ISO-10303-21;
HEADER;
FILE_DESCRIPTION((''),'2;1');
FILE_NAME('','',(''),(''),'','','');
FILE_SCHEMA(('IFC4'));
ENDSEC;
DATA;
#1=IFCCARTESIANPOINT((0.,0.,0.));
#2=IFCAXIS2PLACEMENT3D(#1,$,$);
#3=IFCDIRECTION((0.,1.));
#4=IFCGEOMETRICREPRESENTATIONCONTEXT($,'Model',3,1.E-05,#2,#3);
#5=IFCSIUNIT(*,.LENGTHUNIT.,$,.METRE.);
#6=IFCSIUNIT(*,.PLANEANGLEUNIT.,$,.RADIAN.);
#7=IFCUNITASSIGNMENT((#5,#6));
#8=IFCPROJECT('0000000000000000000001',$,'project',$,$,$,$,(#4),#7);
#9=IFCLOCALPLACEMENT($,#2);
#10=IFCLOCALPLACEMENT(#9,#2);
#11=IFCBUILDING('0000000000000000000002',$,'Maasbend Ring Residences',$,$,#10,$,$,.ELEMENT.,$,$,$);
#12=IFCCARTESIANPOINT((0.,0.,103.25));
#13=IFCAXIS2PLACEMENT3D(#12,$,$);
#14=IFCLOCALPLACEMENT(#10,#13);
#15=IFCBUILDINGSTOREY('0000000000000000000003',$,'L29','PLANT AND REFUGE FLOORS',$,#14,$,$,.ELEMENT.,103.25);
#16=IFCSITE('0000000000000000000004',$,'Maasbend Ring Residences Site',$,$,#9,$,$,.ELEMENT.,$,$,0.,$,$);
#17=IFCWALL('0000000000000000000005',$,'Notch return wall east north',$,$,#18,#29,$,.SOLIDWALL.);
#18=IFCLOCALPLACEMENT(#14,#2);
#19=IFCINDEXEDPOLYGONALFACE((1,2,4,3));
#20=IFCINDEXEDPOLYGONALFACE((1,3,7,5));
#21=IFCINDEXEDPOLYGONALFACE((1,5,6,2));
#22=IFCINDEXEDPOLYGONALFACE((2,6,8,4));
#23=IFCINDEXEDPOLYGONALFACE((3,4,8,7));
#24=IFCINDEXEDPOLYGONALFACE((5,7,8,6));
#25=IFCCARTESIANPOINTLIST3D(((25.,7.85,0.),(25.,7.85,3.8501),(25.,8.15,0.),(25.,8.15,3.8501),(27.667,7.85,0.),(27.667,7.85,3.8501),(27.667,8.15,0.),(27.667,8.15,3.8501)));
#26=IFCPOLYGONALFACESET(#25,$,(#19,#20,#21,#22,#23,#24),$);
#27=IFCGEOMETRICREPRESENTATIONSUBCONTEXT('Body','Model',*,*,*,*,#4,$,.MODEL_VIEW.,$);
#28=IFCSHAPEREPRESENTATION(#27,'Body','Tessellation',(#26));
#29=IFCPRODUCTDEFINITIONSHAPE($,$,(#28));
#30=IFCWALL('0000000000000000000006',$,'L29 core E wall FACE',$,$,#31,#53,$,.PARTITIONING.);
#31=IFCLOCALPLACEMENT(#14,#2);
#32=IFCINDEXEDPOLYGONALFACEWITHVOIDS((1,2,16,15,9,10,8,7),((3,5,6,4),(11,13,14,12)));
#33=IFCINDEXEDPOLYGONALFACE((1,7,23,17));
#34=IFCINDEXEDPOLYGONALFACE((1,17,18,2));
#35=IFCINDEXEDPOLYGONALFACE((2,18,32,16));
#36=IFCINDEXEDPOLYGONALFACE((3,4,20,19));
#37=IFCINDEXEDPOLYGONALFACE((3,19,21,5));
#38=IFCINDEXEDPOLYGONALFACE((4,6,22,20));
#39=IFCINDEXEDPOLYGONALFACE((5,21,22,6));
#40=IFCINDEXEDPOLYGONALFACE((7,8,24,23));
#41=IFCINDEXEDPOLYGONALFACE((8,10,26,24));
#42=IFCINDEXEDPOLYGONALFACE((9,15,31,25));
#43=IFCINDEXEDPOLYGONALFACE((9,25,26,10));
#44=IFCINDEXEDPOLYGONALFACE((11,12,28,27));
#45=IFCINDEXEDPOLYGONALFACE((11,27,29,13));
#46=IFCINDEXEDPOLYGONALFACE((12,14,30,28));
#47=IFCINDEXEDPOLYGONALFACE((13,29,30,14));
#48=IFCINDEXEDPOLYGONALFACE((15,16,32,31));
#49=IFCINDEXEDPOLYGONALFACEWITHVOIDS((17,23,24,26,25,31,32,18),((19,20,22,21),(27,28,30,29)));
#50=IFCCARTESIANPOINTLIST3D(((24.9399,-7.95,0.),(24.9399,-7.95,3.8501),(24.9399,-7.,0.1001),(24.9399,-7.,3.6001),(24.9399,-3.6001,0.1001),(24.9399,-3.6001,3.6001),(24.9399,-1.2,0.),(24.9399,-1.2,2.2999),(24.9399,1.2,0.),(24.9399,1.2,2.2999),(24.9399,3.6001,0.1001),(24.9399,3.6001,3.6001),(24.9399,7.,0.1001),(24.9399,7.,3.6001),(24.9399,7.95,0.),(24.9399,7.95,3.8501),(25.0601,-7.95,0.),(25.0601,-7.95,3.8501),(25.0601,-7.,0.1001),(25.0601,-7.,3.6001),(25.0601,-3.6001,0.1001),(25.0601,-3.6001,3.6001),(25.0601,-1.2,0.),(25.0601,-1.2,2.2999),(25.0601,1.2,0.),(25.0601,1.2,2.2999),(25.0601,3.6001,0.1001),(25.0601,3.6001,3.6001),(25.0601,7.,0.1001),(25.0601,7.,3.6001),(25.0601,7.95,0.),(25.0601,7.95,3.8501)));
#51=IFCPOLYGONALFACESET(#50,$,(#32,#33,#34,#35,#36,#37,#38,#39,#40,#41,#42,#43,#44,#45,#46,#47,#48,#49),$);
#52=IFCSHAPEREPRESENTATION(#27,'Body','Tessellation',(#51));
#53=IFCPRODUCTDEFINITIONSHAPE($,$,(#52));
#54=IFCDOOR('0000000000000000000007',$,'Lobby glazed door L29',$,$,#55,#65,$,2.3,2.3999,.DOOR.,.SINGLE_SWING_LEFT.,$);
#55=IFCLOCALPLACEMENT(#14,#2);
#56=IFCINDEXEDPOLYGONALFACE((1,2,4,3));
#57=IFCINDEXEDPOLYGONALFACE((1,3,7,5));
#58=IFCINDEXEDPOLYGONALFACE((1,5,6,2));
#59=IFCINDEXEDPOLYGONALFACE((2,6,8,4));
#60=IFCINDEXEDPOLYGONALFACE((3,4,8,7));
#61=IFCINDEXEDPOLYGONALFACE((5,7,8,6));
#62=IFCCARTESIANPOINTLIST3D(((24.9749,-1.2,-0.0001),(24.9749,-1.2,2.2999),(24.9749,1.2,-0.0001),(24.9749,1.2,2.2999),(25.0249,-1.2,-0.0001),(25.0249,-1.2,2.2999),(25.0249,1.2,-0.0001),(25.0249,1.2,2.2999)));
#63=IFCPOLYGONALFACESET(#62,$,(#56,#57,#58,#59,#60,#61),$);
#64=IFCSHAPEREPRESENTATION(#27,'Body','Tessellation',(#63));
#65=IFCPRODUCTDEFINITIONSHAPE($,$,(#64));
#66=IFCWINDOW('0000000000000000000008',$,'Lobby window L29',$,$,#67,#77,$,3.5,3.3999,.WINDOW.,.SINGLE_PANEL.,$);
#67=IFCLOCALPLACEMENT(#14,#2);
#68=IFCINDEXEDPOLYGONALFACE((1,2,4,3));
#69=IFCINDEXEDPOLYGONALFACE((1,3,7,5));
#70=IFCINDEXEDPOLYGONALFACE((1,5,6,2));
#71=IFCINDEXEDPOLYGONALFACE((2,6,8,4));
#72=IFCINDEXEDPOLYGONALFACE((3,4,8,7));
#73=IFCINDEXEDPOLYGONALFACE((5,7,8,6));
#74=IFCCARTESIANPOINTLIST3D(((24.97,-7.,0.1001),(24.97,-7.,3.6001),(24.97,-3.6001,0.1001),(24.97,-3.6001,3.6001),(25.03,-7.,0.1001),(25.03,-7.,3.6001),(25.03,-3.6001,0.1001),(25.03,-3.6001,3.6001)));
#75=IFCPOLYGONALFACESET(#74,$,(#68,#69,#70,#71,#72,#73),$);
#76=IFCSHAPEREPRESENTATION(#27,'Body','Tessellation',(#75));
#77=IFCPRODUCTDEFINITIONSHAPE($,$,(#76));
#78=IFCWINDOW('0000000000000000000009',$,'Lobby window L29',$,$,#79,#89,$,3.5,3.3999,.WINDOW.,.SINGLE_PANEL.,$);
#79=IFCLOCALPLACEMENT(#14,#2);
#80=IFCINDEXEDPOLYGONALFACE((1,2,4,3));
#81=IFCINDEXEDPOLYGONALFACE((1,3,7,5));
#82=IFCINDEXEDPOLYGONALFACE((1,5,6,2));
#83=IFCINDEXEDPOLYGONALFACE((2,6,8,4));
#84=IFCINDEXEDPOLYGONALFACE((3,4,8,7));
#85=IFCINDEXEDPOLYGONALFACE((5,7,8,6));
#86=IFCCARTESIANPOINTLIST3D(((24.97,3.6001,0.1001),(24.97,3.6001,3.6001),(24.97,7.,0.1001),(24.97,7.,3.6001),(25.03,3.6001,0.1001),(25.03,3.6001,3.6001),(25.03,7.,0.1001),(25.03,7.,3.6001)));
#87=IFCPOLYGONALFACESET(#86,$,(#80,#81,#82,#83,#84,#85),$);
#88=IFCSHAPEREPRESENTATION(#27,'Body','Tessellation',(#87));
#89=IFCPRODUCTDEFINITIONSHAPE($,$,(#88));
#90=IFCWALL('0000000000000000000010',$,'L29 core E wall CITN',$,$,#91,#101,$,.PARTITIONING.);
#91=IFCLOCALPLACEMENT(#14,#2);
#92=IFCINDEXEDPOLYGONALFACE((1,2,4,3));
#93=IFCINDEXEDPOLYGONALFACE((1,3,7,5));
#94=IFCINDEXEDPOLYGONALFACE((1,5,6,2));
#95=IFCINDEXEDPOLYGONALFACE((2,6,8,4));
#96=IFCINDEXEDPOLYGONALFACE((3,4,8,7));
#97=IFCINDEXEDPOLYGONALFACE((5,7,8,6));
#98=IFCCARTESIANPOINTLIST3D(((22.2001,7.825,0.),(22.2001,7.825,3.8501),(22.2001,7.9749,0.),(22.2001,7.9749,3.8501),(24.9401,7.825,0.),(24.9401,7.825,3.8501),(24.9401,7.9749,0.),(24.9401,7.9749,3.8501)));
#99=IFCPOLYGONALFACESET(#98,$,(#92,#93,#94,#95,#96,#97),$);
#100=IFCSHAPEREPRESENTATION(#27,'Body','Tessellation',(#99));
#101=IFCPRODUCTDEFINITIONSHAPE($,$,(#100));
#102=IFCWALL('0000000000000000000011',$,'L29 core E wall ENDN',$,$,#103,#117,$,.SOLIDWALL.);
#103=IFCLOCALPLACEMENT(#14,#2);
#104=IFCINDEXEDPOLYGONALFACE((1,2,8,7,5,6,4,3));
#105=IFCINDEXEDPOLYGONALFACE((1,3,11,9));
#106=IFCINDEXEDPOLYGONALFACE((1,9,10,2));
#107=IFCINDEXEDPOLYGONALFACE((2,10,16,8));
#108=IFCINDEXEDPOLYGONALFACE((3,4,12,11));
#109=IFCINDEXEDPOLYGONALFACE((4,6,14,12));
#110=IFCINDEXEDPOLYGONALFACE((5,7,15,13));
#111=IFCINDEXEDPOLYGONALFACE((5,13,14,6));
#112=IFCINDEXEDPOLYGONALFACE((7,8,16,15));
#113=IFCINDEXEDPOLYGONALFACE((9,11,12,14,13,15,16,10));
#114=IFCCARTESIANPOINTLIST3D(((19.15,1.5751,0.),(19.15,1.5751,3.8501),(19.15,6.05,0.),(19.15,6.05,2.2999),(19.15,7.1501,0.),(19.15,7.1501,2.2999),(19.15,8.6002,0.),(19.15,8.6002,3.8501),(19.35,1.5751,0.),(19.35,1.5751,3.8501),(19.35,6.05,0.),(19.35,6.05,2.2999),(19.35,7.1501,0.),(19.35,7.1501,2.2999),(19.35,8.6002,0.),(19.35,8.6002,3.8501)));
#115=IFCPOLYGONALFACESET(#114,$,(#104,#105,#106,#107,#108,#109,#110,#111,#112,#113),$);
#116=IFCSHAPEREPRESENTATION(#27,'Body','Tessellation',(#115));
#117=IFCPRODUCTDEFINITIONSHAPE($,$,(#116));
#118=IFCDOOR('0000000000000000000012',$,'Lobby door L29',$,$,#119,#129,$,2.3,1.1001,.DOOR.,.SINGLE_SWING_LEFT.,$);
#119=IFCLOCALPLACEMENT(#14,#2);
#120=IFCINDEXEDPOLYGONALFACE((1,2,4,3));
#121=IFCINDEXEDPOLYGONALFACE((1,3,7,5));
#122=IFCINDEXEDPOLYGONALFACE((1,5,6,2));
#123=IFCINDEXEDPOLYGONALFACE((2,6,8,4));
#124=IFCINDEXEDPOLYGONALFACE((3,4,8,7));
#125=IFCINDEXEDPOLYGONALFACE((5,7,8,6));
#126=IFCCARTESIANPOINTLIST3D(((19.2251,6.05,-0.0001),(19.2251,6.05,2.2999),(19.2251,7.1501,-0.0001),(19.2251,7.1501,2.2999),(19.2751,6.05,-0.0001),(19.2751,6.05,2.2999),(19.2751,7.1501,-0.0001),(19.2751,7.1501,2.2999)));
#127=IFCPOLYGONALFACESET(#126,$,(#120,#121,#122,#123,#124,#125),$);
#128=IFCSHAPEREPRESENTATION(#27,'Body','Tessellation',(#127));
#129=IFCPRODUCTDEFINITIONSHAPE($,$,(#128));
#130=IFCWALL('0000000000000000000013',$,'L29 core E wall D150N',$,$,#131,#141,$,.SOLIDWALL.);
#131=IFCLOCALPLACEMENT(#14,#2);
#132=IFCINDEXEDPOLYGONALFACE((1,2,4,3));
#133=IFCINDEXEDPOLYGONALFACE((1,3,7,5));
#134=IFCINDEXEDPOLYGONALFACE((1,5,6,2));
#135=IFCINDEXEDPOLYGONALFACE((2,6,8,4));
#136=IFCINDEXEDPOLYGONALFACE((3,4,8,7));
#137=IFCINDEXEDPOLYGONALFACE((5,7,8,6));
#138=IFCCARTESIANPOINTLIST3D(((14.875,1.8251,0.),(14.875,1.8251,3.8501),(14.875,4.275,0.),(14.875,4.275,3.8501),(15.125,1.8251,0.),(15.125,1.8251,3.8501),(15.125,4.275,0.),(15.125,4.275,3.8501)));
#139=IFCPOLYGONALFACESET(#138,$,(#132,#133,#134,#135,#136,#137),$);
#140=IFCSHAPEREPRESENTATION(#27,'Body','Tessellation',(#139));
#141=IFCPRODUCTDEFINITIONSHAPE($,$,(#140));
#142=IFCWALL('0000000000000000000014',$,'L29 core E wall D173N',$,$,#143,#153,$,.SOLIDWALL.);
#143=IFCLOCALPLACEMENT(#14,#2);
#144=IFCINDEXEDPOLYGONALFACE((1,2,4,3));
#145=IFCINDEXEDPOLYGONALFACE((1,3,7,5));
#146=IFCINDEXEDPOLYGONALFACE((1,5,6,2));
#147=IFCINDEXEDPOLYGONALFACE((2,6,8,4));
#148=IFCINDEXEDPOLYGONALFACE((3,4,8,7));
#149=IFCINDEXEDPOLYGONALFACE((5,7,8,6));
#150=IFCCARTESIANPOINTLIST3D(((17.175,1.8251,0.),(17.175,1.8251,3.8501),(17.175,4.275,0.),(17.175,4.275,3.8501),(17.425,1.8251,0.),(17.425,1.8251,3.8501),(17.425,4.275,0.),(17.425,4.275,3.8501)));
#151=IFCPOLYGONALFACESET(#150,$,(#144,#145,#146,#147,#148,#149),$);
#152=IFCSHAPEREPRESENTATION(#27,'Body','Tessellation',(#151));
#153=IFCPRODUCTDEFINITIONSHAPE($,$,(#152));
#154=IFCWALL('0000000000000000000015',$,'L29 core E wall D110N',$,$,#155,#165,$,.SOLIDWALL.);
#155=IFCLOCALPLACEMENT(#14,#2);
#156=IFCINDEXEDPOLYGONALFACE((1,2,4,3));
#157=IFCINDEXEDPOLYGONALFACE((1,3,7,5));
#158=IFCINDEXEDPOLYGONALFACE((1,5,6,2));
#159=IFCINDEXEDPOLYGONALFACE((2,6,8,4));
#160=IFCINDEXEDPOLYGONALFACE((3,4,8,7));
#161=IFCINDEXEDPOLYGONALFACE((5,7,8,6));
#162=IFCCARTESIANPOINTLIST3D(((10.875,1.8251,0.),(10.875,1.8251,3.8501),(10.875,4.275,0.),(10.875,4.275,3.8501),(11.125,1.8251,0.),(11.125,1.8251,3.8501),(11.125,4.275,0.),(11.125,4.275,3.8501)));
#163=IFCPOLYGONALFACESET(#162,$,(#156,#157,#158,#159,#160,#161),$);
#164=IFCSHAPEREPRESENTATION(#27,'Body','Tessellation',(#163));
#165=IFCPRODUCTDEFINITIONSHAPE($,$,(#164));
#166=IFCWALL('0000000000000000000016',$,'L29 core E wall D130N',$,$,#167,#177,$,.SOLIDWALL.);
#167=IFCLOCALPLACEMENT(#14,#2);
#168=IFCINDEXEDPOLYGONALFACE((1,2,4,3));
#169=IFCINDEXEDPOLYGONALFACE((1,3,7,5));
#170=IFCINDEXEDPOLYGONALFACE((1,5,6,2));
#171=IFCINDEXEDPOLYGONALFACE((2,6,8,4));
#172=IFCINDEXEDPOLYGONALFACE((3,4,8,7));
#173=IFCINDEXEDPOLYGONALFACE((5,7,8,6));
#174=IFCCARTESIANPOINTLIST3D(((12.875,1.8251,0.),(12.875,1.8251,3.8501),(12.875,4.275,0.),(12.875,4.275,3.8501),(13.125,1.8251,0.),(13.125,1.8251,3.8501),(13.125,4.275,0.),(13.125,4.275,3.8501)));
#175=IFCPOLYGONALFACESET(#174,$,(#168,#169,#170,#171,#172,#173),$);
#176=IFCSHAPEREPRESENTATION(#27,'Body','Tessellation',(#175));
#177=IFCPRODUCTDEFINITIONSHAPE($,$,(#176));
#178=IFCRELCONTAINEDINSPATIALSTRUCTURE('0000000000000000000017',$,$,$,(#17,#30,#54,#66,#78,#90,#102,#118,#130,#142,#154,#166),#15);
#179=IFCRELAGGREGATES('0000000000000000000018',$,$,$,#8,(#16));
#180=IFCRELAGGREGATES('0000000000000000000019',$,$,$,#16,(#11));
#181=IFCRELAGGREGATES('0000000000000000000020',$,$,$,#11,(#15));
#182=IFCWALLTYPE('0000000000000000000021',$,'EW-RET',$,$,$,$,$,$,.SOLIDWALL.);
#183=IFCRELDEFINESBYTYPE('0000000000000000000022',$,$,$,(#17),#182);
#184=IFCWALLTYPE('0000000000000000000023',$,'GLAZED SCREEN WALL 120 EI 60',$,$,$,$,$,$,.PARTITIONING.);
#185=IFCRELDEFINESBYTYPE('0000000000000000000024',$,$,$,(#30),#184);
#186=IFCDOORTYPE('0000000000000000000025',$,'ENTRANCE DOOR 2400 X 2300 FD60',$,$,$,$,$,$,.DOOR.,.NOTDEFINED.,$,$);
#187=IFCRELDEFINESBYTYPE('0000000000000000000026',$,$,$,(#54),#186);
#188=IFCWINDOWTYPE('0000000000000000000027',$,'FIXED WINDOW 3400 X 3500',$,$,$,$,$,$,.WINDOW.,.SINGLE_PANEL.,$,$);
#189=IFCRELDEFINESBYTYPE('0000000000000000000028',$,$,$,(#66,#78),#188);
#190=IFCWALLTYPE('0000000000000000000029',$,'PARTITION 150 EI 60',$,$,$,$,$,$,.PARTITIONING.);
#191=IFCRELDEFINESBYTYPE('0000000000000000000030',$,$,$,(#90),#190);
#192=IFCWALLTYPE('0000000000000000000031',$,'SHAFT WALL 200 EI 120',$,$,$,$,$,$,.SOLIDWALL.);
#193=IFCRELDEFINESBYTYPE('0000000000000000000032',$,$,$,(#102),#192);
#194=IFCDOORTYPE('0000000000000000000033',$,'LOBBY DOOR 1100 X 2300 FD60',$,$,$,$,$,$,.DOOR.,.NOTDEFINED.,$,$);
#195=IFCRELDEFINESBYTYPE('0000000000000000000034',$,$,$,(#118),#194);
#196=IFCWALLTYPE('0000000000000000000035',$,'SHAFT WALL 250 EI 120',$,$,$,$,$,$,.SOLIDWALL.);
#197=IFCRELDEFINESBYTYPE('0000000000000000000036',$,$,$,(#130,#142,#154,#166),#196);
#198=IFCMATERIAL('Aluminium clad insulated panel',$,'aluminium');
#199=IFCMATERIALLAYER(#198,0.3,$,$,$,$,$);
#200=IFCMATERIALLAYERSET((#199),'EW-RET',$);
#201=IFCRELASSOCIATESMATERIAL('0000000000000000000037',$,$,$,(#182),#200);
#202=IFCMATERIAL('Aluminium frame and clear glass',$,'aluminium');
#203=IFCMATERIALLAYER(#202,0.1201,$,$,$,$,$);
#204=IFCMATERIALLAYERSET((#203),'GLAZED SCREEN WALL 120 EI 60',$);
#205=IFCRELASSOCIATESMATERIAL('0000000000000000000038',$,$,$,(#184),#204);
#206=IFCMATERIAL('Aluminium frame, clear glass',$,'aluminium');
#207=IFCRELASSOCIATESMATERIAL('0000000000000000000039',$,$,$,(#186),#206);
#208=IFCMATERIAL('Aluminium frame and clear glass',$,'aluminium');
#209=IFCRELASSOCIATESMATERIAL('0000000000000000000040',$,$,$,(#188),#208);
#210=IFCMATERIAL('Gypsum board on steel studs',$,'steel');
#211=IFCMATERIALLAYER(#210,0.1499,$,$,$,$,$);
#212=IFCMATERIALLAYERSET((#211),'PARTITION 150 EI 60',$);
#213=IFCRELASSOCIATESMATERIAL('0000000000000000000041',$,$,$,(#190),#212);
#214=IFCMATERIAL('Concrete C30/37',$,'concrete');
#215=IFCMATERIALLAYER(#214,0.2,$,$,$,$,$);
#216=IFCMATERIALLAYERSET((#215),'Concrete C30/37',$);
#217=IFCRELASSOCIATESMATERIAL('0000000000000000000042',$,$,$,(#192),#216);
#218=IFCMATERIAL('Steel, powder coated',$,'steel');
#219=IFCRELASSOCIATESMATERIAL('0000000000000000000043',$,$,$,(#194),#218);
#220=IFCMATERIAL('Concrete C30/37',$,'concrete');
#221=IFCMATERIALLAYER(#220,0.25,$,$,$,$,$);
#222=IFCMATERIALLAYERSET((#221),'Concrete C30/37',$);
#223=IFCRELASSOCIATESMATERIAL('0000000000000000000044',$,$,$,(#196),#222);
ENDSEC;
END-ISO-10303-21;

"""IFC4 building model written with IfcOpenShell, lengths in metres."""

from ifc_helpers import new_model, si_unit, direction, frame, frame_2d, origin, place, context, subcontext, project, spatial, rectangle, extrude, material, layer, layer_set, type_object, element, fill, save


model = new_model("IFC4")

# Units and contexts
model_context = context("Model", 3, precision=1e-05, world=origin(), true_north=direction((0.0, 1.0)))
body_context = subcontext(model_context, "Body", "Model", "MODEL_VIEW")
ifc_project = project(units=[si_unit("LENGTHUNIT", "METRE"), si_unit("PLANEANGLEUNIT", "RADIAN")], contexts=[model_context])

# Site, building, storey
site_placement = place(None, origin())
site = spatial("IfcSite", under=ifc_project, at=site_placement, Name="Maasbend Ring Residences Site", CompositionType="ELEMENT", RefElevation=0.0)
building_placement = place(site_placement, origin())
building = spatial("IfcBuilding", under=site, at=building_placement, Name="Maasbend Ring Residences", CompositionType="ELEMENT")
storey_placement = place(building_placement, frame((0.0, 0.0, 103.25)))
storey = spatial("IfcBuildingStorey", under=building, at=storey_placement, Name="L29", Description="PLANT AND REFUGE FLOORS", CompositionType="ELEMENT", Elevation=103.25)

# Wall
ifc_material_1 = material(Name="Aluminium clad insulated panel", Category="aluminium")
ifc_layer_1 = layer(ifc_material_1, 0.3)
ifc_layer_set_1 = layer_set([ifc_layer_1], Name="EW-RET")
wall_type_1 = type_object("IfcWallType", Name="EW-RET", PredefinedType="SOLIDWALL", material=ifc_layer_set_1)
wall_1_placement = place(storey_placement, frame((25.0, 8.0, 0.0), z_axis=(0.0, 0.0, 1.0), x_axis=(1.0, 0.0, 0.0)))
element("IfcWall", 1, at=wall_1_placement, inside=storey, type_object=wall_type_1, Name="Notch return wall east north", PredefinedType="SOLIDWALL", context=body_context, shape_type="SweptSolid", body=[
    extrude(rectangle(XDim=2.667, YDim=0.3, at=frame_2d((1.3335, 0.0))), origin(), (0.0, 0.0, 1.0), 3.8501),
])

# Wall, openings, door, windows
ifc_material_2 = material(Name="Aluminium frame and clear glass", Category="aluminium")
ifc_layer_2 = layer(ifc_material_2, 0.1201)
ifc_layer_set_2 = layer_set([ifc_layer_2], Name="GLAZED SCREEN WALL 120 EI 60")
wall_type_2 = type_object("IfcWallType", Name="GLAZED SCREEN WALL 120 EI 60", PredefinedType="PARTITIONING", material=ifc_layer_set_2)
wall_2_placement = place(storey_placement, frame((25.0, 7.95, 0.0), z_axis=(0.0, 0.0, 1.0), x_axis=(0.0, -1.0, 0.0)))
wall_2 = element("IfcWall", 2, at=wall_2_placement, inside=storey, type_object=wall_type_2, Name="L29 core E wall FACE", PredefinedType="PARTITIONING", context=body_context, shape_type="SweptSolid", body=[
    extrude(rectangle(XDim=15.8999, YDim=0.1201, at=frame_2d((7.95, 0.0))), origin(), (0.0, 0.0, 1.0), 3.8501),
])
opening_1_placement = place(wall_2_placement, frame((6.75, 0.0, 0.0)))
opening_1 = element("IfcOpeningElement", 3, at=opening_1_placement, cuts=wall_2, PredefinedType="OPENING", context=body_context, shape_type="SweptSolid", body=[
    extrude(rectangle(XDim=2.3999, YDim=2.3, at=frame_2d((1.2, 1.1499))), frame((0.0, 0.0701, 0.0), z_axis=(0.0, -1.0, 0.0), x_axis=(1.0, 0.0, 0.0)), (0.0, 0.0, 1.0), 0.1401),
])
opening_2_placement = place(wall_2_placement, frame((11.55, 0.0, 0.1001)))
opening_2 = element("IfcOpeningElement", 4, at=opening_2_placement, cuts=wall_2, PredefinedType="OPENING", context=body_context, shape_type="SweptSolid", body=[
    extrude(rectangle(XDim=3.3999, YDim=3.5, at=frame_2d((1.7, 1.75))), frame((0.0, 0.0701, 0.0), z_axis=(0.0, -1.0, 0.0), x_axis=(1.0, 0.0, 0.0)), (0.0, 0.0, 1.0), 0.1401),
])
opening_3_placement = place(wall_2_placement, frame((0.95, 0.0, 0.1001)))
opening_3 = element("IfcOpeningElement", 5, at=opening_3_placement, cuts=wall_2, PredefinedType="OPENING", context=body_context, shape_type="SweptSolid", body=[
    extrude(rectangle(XDim=3.3999, YDim=3.5, at=frame_2d((1.7, 1.75))), frame((0.0, 0.0701, 0.0), z_axis=(0.0, -1.0, 0.0), x_axis=(1.0, 0.0, 0.0)), (0.0, 0.0, 1.0), 0.1401),
])
ifc_material_3 = material(Name="Aluminium frame, clear glass", Category="aluminium")
door_type_1 = type_object("IfcDoorType", Name="ENTRANCE DOOR 2400 X 2300 FD60", OperationType="NOTDEFINED", PredefinedType="DOOR", material=ifc_material_3)
door_1_placement = place(opening_1_placement, origin())
door_1 = element("IfcDoor", 6, at=door_1_placement, inside=storey, type_object=door_type_1, Name="Lobby glazed door L29", OperationType="SINGLE_SWING_LEFT", OverallHeight=2.3, OverallWidth=2.3999, PredefinedType="DOOR", context=body_context, shape_type="SweptSolid", body=[
    extrude(rectangle(XDim=2.3999, YDim=2.3, at=frame_2d((1.2, 1.1499))), frame((0.0, 0.0249, 0.0), z_axis=(0.0, -1.0, 0.0), x_axis=(1.0, 0.0, 0.0)), (0.0, 0.0, 1.0), 0.05),
])
fill(opening_1, door_1)
ifc_material_4 = material(Name="Aluminium frame and clear glass", Category="aluminium")
window_type = type_object("IfcWindowType", Name="FIXED WINDOW 3400 X 3500", PartitioningType="SINGLE_PANEL", PredefinedType="WINDOW", material=ifc_material_4)
window_1_placement = place(opening_2_placement, origin())
window_1 = element("IfcWindow", 7, at=window_1_placement, inside=storey, type_object=window_type, Name="Lobby window L29", OverallHeight=3.5, OverallWidth=3.3999, PartitioningType="SINGLE_PANEL", PredefinedType="WINDOW", context=body_context, shape_type="SweptSolid", body=[
    extrude(rectangle(XDim=3.3999, YDim=3.5, at=frame_2d((1.7, 1.75))), frame((0.0, 0.03, 0.0), z_axis=(0.0, -1.0, 0.0), x_axis=(1.0, 0.0, 0.0)), (0.0, 0.0, 1.0), 0.0601),
])
fill(opening_2, window_1)
window_2_placement = place(opening_3_placement, origin())
window_2 = element("IfcWindow", 8, at=window_2_placement, inside=storey, type_object=window_type, Name="Lobby window L29", OverallHeight=3.5, OverallWidth=3.3999, PartitioningType="SINGLE_PANEL", PredefinedType="WINDOW", context=body_context, shape_type="SweptSolid", body=[
    extrude(rectangle(XDim=3.3999, YDim=3.5, at=frame_2d((1.7, 1.75))), frame((0.0, 0.03, 0.0), z_axis=(0.0, -1.0, 0.0), x_axis=(1.0, 0.0, 0.0)), (0.0, 0.0, 1.0), 0.0601),
])
fill(opening_3, window_2)

# Wall
ifc_material_5 = material(Name="Gypsum board on steel studs", Category="steel")
ifc_layer_3 = layer(ifc_material_5, 0.1499)
ifc_layer_set_3 = layer_set([ifc_layer_3], Name="PARTITION 150 EI 60")
wall_type_3 = type_object("IfcWallType", Name="PARTITION 150 EI 60", PredefinedType="PARTITIONING", material=ifc_layer_set_3)
wall_3_placement = place(storey_placement, frame((22.2, 7.8999, 0.0), z_axis=(0.0, 0.0, 1.0), x_axis=(1.0, 0.0, 0.0)))
element("IfcWall", 9, at=wall_3_placement, inside=storey, type_object=wall_type_3, Name="L29 core E wall CITN", PredefinedType="PARTITIONING", context=body_context, shape_type="SweptSolid", body=[
    extrude(rectangle(XDim=2.74, YDim=0.1499, at=frame_2d((1.3701, 0.0))), origin(), (0.0, 0.0, 1.0), 3.8501),
])

# Wall, opening, door
ifc_material_6 = material(Name="Concrete C30/37", Category="concrete")
ifc_layer_4 = layer(ifc_material_6, 0.2)
ifc_layer_set_4 = layer_set([ifc_layer_4], Name="Concrete C30/37")
wall_type_4 = type_object("IfcWallType", Name="SHAFT WALL 200 EI 120", PredefinedType="SOLIDWALL", material=ifc_layer_set_4)
wall_4_placement = place(storey_placement, frame((19.25, 1.575, 0.0), z_axis=(0.0, 0.0, 1.0), x_axis=(0.0, 1.0, 0.0)))
wall_4 = element("IfcWall", 10, at=wall_4_placement, inside=storey, type_object=wall_type_4, Name="L29 core E wall ENDN", PredefinedType="SOLIDWALL", context=body_context, shape_type="SweptSolid", body=[
    extrude(rectangle(XDim=7.0251, YDim=0.2, at=frame_2d((3.5127, 0.0))), origin(), (0.0, 0.0, 1.0), 3.8501),
])
opening_4_placement = place(wall_4_placement, frame((4.4751, 0.0, 0.0)))
opening_4 = element("IfcOpeningElement", 11, at=opening_4_placement, cuts=wall_4, PredefinedType="OPENING", context=body_context, shape_type="SweptSolid", body=[
    extrude(rectangle(XDim=1.1001, YDim=2.3, at=frame_2d((0.55, 1.1499))), frame((0.0, 0.1099, 0.0), z_axis=(0.0, -1.0, 0.0), x_axis=(1.0, 0.0, 0.0)), (0.0, 0.0, 1.0), 0.22),
])
ifc_material_7 = material(Name="Steel, powder coated", Category="steel")
door_type_2 = type_object("IfcDoorType", Name="LOBBY DOOR 1100 X 2300 FD60", OperationType="NOTDEFINED", PredefinedType="DOOR", material=ifc_material_7)
door_2_placement = place(opening_4_placement, origin())
door_2 = element("IfcDoor", 12, at=door_2_placement, inside=storey, type_object=door_type_2, Name="Lobby door L29", OperationType="SINGLE_SWING_LEFT", OverallHeight=2.3, OverallWidth=1.1001, PredefinedType="DOOR", context=body_context, shape_type="SweptSolid", body=[
    extrude(rectangle(XDim=1.1001, YDim=2.3, at=frame_2d((0.55, 1.1499))), frame((0.0, 0.0249, 0.0), z_axis=(0.0, -1.0, 0.0), x_axis=(1.0, 0.0, 0.0)), (0.0, 0.0, 1.0), 0.05),
])
fill(opening_4, door_2)

# Walls
ifc_material_8 = material(Name="Concrete C30/37", Category="concrete")
ifc_layer_5 = layer(ifc_material_8, 0.25)
ifc_layer_set_5 = layer_set([ifc_layer_5], Name="Concrete C30/37")
wall_type_5 = type_object("IfcWallType", Name="SHAFT WALL 250 EI 120", PredefinedType="SOLIDWALL", material=ifc_layer_set_5)
for number, where, z_axis, x_axis, name in (
    (13, (15.0, 1.825, 0.0), (0.0, 0.0, 1.0), (0.0, 1.0, 0.0), "L29 core E wall D150N"),
    (14, (17.3, 1.825, 0.0), (0.0, 0.0, 1.0), (0.0, 1.0, 0.0), "L29 core E wall D173N"),
    (15, (11.0, 1.825, 0.0), (0.0, 0.0, 1.0), (0.0, 1.0, 0.0), "L29 core E wall D110N"),
    (16, (13.0, 1.825, 0.0), (0.0, 0.0, 1.0), (0.0, 1.0, 0.0), "L29 core E wall D130N"),
):
    element("IfcWall", number, at=place(storey_placement, frame(where, z_axis=z_axis, x_axis=x_axis)), inside=storey, type_object=wall_type_5, Name=name, PredefinedType="SOLIDWALL", context=body_context, shape_type="SweptSolid", body=[
        extrude(rectangle(XDim=2.45, YDim=0.25, at=frame_2d((1.2251, 0.0))), origin(), (0.0, 0.0, 1.0), 3.8501),
    ])

save(model, "model.ifc")
